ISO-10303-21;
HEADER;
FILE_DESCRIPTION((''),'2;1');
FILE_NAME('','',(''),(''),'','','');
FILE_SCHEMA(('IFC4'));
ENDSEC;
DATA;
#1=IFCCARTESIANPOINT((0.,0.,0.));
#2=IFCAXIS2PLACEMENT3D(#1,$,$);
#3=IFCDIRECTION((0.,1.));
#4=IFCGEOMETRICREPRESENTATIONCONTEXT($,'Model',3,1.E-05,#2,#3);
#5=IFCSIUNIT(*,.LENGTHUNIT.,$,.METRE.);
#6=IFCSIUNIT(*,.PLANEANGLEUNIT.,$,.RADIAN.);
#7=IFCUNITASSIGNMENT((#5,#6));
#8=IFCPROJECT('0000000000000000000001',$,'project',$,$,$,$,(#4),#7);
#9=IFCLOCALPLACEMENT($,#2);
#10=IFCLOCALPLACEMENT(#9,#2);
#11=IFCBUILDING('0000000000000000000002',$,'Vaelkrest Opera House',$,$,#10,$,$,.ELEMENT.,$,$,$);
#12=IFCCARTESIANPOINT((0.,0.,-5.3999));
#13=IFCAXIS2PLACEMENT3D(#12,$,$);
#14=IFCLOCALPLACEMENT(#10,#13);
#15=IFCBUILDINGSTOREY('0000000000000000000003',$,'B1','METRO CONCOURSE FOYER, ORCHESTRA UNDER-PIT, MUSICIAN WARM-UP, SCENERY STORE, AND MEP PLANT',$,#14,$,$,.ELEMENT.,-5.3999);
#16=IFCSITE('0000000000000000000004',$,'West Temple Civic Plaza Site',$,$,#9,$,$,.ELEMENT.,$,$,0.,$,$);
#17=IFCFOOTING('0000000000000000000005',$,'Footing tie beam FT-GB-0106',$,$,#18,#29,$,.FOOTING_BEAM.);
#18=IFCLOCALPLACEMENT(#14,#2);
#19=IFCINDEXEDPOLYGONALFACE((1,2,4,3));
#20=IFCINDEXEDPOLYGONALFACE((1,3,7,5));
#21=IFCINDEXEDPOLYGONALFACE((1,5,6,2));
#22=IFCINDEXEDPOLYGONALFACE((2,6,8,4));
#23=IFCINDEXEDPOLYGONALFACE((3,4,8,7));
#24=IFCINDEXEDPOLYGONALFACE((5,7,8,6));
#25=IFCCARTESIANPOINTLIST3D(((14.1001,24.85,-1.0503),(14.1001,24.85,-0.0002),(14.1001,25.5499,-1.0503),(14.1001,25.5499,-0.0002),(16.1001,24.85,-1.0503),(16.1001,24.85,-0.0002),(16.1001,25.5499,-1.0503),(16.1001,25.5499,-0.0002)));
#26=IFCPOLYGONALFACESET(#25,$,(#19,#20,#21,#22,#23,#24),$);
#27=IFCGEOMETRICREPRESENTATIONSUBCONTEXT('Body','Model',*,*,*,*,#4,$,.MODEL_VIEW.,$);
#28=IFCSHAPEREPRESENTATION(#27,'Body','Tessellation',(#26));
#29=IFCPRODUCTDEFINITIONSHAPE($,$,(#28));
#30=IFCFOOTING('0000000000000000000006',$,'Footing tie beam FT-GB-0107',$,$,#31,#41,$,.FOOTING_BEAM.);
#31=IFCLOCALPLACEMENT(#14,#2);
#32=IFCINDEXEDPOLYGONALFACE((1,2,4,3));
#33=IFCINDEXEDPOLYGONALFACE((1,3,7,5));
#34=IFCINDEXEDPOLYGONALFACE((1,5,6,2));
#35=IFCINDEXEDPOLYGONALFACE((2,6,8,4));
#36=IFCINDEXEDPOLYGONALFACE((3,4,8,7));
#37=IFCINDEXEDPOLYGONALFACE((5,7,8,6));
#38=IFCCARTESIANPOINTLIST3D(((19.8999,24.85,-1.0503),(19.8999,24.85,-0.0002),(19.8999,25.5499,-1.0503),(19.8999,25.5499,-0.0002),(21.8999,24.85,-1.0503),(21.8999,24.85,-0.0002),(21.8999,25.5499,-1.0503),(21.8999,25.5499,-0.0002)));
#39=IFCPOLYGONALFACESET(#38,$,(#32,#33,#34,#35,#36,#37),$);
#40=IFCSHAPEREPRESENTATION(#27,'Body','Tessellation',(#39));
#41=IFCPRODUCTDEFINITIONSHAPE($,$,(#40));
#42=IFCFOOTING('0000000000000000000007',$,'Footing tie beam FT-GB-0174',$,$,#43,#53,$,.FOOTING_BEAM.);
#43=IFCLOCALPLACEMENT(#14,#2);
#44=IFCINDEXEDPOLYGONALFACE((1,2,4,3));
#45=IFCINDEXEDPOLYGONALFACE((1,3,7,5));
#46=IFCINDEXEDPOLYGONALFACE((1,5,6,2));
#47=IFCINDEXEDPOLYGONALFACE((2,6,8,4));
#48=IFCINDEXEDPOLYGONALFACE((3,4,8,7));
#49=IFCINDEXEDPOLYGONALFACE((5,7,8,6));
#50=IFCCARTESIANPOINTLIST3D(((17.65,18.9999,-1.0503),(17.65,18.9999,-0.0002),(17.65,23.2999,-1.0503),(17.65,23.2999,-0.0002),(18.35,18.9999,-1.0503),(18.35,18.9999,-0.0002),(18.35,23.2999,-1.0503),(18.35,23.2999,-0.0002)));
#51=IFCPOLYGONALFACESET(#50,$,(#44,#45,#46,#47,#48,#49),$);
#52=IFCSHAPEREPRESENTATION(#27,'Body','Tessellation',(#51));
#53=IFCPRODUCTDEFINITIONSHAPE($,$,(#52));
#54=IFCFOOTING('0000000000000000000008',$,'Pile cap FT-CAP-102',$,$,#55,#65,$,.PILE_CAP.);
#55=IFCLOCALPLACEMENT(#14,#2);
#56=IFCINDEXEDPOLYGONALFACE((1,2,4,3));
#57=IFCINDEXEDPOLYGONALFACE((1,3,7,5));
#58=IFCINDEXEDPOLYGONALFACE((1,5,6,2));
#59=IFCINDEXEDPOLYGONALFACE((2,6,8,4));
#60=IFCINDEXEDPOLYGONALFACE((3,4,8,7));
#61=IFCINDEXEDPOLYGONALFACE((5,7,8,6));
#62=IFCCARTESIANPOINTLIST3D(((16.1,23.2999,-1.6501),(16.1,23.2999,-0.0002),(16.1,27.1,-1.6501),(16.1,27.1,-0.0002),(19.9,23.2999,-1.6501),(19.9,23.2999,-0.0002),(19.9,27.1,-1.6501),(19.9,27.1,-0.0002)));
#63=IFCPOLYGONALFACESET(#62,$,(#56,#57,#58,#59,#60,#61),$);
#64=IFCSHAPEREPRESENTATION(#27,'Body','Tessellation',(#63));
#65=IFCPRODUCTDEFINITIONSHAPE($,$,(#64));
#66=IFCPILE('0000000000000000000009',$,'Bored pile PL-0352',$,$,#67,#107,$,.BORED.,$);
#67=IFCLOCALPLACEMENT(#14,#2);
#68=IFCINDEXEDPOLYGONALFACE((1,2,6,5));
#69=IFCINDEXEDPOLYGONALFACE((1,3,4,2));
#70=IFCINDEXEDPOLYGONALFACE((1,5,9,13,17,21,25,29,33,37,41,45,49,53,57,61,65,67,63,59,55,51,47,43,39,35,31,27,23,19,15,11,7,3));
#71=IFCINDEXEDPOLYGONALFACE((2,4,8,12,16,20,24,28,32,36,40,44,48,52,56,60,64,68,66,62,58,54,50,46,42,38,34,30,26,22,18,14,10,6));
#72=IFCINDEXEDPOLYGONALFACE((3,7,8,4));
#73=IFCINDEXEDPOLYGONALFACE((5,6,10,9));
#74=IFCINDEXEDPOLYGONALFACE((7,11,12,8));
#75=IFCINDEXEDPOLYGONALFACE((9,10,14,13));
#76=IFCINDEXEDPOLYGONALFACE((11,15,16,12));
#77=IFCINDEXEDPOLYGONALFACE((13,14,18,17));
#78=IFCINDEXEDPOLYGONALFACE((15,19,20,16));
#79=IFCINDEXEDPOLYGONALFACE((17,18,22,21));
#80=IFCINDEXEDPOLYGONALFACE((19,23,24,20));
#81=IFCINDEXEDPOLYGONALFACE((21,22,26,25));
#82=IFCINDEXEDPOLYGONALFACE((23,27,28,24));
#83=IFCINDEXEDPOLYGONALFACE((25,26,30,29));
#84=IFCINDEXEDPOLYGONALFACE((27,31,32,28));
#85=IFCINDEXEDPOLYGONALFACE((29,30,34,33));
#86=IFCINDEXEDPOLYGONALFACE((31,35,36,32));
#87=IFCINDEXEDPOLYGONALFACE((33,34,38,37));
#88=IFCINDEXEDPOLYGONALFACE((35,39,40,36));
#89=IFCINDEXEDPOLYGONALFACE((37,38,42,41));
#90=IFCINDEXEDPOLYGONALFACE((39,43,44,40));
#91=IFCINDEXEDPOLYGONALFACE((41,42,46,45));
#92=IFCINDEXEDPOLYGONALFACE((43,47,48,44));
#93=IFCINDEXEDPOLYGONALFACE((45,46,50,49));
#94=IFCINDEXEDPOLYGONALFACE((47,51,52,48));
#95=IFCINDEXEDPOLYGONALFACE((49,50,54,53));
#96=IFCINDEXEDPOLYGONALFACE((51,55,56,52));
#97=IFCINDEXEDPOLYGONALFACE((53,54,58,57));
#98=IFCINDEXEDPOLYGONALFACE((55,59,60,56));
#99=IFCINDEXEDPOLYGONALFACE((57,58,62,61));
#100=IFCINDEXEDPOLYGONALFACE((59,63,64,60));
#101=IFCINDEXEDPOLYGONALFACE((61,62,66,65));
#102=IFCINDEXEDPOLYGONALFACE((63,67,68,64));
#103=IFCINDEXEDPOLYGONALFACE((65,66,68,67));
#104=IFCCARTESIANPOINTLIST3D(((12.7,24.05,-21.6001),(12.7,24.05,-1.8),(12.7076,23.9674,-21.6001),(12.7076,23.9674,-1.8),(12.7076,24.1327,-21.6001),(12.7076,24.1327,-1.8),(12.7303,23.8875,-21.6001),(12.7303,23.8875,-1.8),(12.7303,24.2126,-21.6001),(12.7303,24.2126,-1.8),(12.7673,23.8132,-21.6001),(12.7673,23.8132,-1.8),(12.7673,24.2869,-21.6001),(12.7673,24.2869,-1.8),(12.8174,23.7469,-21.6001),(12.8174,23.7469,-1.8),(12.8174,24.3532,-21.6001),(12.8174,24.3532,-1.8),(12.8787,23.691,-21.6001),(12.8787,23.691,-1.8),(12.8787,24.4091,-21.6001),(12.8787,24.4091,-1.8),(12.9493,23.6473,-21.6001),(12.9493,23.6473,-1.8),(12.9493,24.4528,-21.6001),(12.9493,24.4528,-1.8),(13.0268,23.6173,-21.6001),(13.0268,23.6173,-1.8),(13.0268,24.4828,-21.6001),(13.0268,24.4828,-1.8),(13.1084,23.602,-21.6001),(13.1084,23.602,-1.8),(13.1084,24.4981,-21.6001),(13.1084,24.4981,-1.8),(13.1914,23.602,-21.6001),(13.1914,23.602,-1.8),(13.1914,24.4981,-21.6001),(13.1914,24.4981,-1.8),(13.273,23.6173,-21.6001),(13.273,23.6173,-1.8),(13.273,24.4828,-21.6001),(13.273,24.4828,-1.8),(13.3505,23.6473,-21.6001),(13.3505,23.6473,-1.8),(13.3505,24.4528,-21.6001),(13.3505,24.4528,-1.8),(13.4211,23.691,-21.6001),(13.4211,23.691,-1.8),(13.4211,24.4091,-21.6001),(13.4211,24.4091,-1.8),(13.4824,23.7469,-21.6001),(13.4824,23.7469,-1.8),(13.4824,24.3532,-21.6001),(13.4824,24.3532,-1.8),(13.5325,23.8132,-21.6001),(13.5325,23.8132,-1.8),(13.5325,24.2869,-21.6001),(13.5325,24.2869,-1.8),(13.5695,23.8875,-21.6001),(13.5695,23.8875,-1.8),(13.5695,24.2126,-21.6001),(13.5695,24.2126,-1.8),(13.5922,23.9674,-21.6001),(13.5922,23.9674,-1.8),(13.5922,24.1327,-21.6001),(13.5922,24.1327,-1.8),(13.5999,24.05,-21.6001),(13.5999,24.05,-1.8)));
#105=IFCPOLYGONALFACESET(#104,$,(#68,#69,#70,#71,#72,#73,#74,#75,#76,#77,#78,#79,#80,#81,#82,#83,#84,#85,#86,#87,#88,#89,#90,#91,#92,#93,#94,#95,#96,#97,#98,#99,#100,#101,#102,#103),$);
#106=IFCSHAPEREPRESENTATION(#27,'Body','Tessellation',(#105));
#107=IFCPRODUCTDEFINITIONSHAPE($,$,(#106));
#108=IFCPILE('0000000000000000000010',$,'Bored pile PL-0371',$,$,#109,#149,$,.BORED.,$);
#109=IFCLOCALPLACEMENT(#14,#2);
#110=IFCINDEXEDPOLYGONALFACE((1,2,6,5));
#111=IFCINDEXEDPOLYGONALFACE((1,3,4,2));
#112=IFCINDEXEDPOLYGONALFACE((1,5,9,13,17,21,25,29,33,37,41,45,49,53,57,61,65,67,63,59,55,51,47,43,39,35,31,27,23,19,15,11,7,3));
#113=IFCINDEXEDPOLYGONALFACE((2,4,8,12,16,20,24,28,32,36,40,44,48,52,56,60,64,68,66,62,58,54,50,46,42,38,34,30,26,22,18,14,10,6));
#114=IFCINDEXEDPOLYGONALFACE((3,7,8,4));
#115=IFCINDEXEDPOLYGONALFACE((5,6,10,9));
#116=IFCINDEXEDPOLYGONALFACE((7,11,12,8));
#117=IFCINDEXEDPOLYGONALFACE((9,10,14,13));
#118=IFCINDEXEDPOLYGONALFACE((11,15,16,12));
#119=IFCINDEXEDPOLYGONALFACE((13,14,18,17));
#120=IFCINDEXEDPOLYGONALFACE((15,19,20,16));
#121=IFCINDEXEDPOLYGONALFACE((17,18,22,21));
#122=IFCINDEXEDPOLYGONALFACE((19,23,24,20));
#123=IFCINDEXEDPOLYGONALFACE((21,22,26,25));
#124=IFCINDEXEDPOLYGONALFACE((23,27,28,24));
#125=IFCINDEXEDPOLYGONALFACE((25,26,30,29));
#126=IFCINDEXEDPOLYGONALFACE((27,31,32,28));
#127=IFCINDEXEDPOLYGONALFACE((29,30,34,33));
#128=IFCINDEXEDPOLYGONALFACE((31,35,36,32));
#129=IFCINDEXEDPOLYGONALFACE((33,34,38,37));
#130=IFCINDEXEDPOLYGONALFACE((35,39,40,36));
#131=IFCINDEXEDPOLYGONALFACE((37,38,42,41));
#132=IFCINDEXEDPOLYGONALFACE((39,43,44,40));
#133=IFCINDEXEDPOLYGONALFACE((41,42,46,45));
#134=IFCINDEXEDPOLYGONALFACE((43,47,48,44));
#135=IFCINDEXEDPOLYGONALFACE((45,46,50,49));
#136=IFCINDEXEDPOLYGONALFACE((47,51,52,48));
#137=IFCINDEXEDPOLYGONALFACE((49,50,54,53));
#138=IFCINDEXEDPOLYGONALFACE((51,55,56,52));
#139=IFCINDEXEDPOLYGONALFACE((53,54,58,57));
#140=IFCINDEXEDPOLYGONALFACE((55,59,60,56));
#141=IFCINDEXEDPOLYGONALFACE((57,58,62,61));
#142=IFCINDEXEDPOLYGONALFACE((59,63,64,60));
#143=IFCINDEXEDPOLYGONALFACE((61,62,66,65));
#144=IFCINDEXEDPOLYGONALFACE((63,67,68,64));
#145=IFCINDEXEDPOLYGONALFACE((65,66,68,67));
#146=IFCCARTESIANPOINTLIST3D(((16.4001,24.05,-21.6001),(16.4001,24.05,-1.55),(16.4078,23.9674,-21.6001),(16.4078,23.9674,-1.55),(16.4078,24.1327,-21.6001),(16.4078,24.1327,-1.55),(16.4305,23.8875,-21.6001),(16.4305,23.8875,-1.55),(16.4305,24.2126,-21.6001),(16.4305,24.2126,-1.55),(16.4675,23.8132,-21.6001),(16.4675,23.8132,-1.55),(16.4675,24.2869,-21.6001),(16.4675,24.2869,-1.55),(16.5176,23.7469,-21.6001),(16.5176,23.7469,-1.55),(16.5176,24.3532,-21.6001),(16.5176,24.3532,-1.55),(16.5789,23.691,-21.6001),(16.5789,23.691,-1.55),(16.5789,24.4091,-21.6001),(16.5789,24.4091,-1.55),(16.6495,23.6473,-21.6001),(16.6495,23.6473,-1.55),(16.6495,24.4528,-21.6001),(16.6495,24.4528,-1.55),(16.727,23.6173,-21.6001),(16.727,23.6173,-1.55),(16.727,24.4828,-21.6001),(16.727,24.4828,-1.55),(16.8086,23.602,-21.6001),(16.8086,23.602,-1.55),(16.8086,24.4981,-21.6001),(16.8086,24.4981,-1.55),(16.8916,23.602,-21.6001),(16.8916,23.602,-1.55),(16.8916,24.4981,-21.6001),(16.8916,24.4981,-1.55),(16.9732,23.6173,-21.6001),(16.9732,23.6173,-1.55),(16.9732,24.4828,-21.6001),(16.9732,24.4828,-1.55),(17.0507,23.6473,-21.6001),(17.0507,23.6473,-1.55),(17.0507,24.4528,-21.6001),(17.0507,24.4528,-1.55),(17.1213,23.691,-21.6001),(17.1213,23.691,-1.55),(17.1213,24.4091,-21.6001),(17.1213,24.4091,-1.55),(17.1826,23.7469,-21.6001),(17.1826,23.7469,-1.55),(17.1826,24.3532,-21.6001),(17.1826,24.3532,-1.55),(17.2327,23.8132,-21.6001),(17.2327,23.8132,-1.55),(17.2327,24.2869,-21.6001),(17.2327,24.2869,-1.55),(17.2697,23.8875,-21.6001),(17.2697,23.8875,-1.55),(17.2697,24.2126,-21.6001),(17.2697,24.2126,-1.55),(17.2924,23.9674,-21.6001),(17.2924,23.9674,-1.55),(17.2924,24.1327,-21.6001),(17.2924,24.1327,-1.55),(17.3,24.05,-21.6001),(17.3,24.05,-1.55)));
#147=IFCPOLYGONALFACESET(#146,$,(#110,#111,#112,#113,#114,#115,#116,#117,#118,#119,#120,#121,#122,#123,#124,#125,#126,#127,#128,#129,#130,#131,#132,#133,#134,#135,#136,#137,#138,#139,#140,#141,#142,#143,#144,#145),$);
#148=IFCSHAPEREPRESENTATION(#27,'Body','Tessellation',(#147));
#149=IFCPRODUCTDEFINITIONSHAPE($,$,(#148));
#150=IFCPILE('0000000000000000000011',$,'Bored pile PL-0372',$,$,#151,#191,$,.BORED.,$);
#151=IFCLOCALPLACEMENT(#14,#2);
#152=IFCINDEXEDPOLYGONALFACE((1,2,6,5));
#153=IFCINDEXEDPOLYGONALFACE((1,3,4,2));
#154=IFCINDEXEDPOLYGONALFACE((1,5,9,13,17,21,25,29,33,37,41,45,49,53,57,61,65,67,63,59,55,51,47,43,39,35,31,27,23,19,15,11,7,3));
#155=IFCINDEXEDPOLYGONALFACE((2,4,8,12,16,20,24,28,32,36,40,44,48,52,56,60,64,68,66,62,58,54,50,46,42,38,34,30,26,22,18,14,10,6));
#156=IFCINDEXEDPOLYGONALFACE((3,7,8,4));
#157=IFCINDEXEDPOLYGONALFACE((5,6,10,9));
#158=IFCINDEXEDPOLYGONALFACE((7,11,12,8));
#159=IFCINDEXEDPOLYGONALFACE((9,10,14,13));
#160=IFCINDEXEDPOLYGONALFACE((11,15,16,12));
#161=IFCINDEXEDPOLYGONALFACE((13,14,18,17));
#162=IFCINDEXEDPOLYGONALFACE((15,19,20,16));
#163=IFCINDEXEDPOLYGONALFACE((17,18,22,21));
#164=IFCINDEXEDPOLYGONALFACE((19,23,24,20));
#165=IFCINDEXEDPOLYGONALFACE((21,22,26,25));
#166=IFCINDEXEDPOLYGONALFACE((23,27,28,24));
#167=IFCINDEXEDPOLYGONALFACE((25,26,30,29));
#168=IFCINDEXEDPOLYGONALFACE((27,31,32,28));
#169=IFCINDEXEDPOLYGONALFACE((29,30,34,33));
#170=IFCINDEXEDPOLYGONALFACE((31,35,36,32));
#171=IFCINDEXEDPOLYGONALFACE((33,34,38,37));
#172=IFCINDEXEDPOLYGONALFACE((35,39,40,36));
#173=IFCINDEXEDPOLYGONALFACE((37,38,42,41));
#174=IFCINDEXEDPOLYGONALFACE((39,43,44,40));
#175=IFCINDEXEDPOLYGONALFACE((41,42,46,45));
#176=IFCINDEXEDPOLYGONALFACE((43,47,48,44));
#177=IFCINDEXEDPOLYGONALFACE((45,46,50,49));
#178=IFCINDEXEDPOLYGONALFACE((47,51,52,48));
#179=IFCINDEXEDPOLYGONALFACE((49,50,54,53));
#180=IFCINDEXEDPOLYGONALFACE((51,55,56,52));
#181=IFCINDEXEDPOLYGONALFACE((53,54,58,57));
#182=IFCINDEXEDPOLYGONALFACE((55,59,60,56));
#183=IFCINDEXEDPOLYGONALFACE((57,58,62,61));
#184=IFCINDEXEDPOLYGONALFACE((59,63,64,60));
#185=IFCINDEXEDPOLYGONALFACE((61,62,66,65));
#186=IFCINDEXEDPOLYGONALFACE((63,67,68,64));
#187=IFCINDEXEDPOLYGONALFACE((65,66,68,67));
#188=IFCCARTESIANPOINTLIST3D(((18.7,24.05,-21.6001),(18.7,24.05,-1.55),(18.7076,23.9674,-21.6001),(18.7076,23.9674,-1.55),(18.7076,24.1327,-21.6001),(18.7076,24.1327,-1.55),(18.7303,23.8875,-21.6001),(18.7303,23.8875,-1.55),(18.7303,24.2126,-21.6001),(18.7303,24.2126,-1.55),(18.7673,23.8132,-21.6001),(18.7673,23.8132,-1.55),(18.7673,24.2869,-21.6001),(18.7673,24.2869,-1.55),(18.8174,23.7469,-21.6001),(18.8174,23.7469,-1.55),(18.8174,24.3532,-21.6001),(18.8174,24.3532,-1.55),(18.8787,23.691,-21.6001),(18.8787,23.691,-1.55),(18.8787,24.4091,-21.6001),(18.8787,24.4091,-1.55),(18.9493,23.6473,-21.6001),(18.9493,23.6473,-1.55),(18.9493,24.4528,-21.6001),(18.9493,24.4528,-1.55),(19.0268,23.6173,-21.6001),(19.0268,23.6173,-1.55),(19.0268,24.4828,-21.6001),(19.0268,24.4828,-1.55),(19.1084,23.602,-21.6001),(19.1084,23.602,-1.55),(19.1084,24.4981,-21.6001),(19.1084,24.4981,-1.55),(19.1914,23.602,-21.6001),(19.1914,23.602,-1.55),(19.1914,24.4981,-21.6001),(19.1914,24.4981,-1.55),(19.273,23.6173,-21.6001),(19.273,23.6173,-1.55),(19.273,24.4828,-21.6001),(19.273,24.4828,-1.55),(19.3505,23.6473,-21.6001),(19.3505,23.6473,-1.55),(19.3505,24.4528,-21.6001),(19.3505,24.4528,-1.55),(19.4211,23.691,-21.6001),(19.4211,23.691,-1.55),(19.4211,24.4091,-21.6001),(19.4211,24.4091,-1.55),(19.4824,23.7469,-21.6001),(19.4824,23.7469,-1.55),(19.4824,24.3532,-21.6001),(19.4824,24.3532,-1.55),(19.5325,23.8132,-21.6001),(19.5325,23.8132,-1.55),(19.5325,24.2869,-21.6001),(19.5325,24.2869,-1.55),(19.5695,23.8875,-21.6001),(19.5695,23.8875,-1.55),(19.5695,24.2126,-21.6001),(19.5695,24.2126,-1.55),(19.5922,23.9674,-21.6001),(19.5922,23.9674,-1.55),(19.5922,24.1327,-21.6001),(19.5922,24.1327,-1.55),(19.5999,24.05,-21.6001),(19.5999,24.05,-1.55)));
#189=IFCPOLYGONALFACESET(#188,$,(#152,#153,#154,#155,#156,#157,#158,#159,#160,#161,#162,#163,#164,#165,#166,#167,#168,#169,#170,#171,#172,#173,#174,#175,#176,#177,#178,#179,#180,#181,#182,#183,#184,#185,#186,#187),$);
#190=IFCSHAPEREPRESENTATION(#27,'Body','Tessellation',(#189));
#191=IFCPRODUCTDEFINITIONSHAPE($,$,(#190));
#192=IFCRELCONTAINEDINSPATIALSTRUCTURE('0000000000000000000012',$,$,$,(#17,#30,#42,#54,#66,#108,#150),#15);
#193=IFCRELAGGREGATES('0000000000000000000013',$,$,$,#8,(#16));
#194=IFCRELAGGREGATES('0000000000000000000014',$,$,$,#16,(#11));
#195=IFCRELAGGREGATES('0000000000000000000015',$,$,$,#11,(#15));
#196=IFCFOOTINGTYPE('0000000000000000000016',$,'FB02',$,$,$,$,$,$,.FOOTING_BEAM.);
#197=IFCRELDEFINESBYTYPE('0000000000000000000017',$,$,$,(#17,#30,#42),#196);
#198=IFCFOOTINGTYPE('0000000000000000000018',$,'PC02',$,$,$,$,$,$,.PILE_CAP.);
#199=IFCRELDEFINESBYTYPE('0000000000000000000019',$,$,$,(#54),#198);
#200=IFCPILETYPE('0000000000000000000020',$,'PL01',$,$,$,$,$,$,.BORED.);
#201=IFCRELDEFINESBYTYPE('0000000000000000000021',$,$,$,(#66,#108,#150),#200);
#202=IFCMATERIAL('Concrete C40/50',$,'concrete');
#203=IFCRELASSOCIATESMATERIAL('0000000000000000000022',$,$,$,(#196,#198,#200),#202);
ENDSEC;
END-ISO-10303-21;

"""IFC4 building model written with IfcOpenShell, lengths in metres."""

from ifc_helpers import new_model, si_unit, direction, frame, origin, origin_2d, place, context, subcontext, project, spatial, rectangle, circle, extrude, material, material_profile, profile_set, type_object, element, save


model = new_model("IFC4")

# Units and contexts
model_context = context("Model", 3, precision=1e-05, world=origin(), true_north=direction((0.0, 1.0)))
body_context = subcontext(model_context, "Body", "Model", "MODEL_VIEW")
ifc_project = project(units=[si_unit("LENGTHUNIT", "METRE"), si_unit("PLANEANGLEUNIT", "RADIAN")], contexts=[model_context])

# Site, building, storey
site_placement = place(None, origin())
site = spatial("IfcSite", under=ifc_project, at=site_placement, Name="West Temple Civic Plaza Site", CompositionType="ELEMENT", RefElevation=0.0)
building_placement = place(site_placement, origin())
building = spatial("IfcBuilding", under=site, at=building_placement, Name="Vaelkrest Opera House", CompositionType="ELEMENT")
storey_placement = place(building_placement, frame((0.0, 0.0, -5.3999)))
storey = spatial("IfcBuildingStorey", under=building, at=storey_placement, Name="B1", Description="METRO CONCOURSE FOYER, ORCHESTRA UNDER-PIT, MUSICIAN WARM-UP, SCENERY STORE, AND MEP PLANT", CompositionType="ELEMENT", Elevation=-5.3999)

# Footings
ifc_material_1 = material(Name="Concrete C40/50", Category="concrete")
footing_type_1 = type_object("IfcFootingType", Name="FB02", PredefinedType="FOOTING_BEAM", material=ifc_material_1)
for number, where, z_axis, x_axis, name in (
    (1, (15.1001, 25.2, -1.0503), (0.0, 0.0, 1.0), (1.0, 0.0, 0.0), "Footing tie beam FT-GB-0106"),
    (2, (20.8999, 25.2, -1.0503), (0.0, 0.0, 1.0), (1.0, 0.0, 0.0), "Footing tie beam FT-GB-0107"),
):
    element("IfcFooting", number, at=place(storey_placement, frame(where, z_axis=z_axis, x_axis=x_axis)), inside=storey, type_object=footing_type_1, Name=name, PredefinedType="FOOTING_BEAM", context=body_context, shape_type="SweptSolid", body=[
        extrude(rectangle(XDim=2.0, YDim=0.7, at=origin_2d()), origin(), (0.0, 0.0, 1.0), 1.05),
    ])
footing_1_placement = place(storey_placement, frame((18.0, 21.1499, -1.0503), z_axis=(0.0, 0.0, 1.0), x_axis=(0.0, 1.0, 0.0)))
element("IfcFooting", 3, at=footing_1_placement, inside=storey, type_object=footing_type_1, Name="Footing tie beam FT-GB-0174", PredefinedType="FOOTING_BEAM", context=body_context, shape_type="SweptSolid", body=[
    extrude(rectangle(XDim=4.3, YDim=0.7, at=origin_2d()), origin(), (0.0, 0.0, 1.0), 1.05),
])
footing_type_2 = type_object("IfcFootingType", Name="PC02", PredefinedType="PILE_CAP", material=ifc_material_1)
footing_2_placement = place(storey_placement, frame((18.0, 25.2, -1.6501), z_axis=(0.0, 0.0, 1.0), x_axis=(1.0, 0.0, 0.0)))
element("IfcFooting", 4, at=footing_2_placement, inside=storey, type_object=footing_type_2, Name="Pile cap FT-CAP-102", PredefinedType="PILE_CAP", context=body_context, shape_type="SweptSolid", body=[
    extrude(rectangle(XDim=3.8, YDim=3.8, at=origin_2d()), origin(), (0.0, 0.0, 1.0), 1.6499),
])

# Piles
ifc_material_profile_1 = material_profile(ifc_material_1, circle(Radius=0.45, at=origin_2d()), Name="PILE900")
ifc_profile_set_1 = profile_set([ifc_material_profile_1], Name="Concrete C40/50")
pile_type_1 = type_object("IfcPileType", Name="PL01", PredefinedType="BORED", material=ifc_profile_set_1)
pile_1_placement = place(storey_placement, frame((13.1499, 24.05, -1.8), z_axis=(0.0, 0.0, -1.0), x_axis=(1.0, 0.0, 0.0)))
element("IfcPile", 5, at=pile_1_placement, inside=storey, type_object=pile_type_1, Name="Bored pile PL-0352", PredefinedType="BORED", context=body_context, shape_type="SweptSolid", body=[
    extrude(circle(Radius=0.45, at=origin_2d()), origin(), (0.0, 0.0, 1.0), 19.8),
])
for number, where, z_axis, x_axis, name in (
    (6, (16.8501, 24.05, -1.55), (0.0, 0.0, -1.0), (1.0, 0.0, 0.0), "Bored pile PL-0371"),
    (7, (19.1499, 24.05, -1.55), (0.0, 0.0, -1.0), (1.0, 0.0, 0.0), "Bored pile PL-0372"),
):
    element("IfcPile", number, at=place(storey_placement, frame(where, z_axis=z_axis, x_axis=x_axis)), inside=storey, type_object=pile_type_1, Name=name, PredefinedType="BORED", context=body_context, shape_type="SweptSolid", body=[
        extrude(circle(Radius=0.45, at=origin_2d()), origin(), (0.0, 0.0, 1.0), 20.05),
    ])

save(model, "model.ifc")
